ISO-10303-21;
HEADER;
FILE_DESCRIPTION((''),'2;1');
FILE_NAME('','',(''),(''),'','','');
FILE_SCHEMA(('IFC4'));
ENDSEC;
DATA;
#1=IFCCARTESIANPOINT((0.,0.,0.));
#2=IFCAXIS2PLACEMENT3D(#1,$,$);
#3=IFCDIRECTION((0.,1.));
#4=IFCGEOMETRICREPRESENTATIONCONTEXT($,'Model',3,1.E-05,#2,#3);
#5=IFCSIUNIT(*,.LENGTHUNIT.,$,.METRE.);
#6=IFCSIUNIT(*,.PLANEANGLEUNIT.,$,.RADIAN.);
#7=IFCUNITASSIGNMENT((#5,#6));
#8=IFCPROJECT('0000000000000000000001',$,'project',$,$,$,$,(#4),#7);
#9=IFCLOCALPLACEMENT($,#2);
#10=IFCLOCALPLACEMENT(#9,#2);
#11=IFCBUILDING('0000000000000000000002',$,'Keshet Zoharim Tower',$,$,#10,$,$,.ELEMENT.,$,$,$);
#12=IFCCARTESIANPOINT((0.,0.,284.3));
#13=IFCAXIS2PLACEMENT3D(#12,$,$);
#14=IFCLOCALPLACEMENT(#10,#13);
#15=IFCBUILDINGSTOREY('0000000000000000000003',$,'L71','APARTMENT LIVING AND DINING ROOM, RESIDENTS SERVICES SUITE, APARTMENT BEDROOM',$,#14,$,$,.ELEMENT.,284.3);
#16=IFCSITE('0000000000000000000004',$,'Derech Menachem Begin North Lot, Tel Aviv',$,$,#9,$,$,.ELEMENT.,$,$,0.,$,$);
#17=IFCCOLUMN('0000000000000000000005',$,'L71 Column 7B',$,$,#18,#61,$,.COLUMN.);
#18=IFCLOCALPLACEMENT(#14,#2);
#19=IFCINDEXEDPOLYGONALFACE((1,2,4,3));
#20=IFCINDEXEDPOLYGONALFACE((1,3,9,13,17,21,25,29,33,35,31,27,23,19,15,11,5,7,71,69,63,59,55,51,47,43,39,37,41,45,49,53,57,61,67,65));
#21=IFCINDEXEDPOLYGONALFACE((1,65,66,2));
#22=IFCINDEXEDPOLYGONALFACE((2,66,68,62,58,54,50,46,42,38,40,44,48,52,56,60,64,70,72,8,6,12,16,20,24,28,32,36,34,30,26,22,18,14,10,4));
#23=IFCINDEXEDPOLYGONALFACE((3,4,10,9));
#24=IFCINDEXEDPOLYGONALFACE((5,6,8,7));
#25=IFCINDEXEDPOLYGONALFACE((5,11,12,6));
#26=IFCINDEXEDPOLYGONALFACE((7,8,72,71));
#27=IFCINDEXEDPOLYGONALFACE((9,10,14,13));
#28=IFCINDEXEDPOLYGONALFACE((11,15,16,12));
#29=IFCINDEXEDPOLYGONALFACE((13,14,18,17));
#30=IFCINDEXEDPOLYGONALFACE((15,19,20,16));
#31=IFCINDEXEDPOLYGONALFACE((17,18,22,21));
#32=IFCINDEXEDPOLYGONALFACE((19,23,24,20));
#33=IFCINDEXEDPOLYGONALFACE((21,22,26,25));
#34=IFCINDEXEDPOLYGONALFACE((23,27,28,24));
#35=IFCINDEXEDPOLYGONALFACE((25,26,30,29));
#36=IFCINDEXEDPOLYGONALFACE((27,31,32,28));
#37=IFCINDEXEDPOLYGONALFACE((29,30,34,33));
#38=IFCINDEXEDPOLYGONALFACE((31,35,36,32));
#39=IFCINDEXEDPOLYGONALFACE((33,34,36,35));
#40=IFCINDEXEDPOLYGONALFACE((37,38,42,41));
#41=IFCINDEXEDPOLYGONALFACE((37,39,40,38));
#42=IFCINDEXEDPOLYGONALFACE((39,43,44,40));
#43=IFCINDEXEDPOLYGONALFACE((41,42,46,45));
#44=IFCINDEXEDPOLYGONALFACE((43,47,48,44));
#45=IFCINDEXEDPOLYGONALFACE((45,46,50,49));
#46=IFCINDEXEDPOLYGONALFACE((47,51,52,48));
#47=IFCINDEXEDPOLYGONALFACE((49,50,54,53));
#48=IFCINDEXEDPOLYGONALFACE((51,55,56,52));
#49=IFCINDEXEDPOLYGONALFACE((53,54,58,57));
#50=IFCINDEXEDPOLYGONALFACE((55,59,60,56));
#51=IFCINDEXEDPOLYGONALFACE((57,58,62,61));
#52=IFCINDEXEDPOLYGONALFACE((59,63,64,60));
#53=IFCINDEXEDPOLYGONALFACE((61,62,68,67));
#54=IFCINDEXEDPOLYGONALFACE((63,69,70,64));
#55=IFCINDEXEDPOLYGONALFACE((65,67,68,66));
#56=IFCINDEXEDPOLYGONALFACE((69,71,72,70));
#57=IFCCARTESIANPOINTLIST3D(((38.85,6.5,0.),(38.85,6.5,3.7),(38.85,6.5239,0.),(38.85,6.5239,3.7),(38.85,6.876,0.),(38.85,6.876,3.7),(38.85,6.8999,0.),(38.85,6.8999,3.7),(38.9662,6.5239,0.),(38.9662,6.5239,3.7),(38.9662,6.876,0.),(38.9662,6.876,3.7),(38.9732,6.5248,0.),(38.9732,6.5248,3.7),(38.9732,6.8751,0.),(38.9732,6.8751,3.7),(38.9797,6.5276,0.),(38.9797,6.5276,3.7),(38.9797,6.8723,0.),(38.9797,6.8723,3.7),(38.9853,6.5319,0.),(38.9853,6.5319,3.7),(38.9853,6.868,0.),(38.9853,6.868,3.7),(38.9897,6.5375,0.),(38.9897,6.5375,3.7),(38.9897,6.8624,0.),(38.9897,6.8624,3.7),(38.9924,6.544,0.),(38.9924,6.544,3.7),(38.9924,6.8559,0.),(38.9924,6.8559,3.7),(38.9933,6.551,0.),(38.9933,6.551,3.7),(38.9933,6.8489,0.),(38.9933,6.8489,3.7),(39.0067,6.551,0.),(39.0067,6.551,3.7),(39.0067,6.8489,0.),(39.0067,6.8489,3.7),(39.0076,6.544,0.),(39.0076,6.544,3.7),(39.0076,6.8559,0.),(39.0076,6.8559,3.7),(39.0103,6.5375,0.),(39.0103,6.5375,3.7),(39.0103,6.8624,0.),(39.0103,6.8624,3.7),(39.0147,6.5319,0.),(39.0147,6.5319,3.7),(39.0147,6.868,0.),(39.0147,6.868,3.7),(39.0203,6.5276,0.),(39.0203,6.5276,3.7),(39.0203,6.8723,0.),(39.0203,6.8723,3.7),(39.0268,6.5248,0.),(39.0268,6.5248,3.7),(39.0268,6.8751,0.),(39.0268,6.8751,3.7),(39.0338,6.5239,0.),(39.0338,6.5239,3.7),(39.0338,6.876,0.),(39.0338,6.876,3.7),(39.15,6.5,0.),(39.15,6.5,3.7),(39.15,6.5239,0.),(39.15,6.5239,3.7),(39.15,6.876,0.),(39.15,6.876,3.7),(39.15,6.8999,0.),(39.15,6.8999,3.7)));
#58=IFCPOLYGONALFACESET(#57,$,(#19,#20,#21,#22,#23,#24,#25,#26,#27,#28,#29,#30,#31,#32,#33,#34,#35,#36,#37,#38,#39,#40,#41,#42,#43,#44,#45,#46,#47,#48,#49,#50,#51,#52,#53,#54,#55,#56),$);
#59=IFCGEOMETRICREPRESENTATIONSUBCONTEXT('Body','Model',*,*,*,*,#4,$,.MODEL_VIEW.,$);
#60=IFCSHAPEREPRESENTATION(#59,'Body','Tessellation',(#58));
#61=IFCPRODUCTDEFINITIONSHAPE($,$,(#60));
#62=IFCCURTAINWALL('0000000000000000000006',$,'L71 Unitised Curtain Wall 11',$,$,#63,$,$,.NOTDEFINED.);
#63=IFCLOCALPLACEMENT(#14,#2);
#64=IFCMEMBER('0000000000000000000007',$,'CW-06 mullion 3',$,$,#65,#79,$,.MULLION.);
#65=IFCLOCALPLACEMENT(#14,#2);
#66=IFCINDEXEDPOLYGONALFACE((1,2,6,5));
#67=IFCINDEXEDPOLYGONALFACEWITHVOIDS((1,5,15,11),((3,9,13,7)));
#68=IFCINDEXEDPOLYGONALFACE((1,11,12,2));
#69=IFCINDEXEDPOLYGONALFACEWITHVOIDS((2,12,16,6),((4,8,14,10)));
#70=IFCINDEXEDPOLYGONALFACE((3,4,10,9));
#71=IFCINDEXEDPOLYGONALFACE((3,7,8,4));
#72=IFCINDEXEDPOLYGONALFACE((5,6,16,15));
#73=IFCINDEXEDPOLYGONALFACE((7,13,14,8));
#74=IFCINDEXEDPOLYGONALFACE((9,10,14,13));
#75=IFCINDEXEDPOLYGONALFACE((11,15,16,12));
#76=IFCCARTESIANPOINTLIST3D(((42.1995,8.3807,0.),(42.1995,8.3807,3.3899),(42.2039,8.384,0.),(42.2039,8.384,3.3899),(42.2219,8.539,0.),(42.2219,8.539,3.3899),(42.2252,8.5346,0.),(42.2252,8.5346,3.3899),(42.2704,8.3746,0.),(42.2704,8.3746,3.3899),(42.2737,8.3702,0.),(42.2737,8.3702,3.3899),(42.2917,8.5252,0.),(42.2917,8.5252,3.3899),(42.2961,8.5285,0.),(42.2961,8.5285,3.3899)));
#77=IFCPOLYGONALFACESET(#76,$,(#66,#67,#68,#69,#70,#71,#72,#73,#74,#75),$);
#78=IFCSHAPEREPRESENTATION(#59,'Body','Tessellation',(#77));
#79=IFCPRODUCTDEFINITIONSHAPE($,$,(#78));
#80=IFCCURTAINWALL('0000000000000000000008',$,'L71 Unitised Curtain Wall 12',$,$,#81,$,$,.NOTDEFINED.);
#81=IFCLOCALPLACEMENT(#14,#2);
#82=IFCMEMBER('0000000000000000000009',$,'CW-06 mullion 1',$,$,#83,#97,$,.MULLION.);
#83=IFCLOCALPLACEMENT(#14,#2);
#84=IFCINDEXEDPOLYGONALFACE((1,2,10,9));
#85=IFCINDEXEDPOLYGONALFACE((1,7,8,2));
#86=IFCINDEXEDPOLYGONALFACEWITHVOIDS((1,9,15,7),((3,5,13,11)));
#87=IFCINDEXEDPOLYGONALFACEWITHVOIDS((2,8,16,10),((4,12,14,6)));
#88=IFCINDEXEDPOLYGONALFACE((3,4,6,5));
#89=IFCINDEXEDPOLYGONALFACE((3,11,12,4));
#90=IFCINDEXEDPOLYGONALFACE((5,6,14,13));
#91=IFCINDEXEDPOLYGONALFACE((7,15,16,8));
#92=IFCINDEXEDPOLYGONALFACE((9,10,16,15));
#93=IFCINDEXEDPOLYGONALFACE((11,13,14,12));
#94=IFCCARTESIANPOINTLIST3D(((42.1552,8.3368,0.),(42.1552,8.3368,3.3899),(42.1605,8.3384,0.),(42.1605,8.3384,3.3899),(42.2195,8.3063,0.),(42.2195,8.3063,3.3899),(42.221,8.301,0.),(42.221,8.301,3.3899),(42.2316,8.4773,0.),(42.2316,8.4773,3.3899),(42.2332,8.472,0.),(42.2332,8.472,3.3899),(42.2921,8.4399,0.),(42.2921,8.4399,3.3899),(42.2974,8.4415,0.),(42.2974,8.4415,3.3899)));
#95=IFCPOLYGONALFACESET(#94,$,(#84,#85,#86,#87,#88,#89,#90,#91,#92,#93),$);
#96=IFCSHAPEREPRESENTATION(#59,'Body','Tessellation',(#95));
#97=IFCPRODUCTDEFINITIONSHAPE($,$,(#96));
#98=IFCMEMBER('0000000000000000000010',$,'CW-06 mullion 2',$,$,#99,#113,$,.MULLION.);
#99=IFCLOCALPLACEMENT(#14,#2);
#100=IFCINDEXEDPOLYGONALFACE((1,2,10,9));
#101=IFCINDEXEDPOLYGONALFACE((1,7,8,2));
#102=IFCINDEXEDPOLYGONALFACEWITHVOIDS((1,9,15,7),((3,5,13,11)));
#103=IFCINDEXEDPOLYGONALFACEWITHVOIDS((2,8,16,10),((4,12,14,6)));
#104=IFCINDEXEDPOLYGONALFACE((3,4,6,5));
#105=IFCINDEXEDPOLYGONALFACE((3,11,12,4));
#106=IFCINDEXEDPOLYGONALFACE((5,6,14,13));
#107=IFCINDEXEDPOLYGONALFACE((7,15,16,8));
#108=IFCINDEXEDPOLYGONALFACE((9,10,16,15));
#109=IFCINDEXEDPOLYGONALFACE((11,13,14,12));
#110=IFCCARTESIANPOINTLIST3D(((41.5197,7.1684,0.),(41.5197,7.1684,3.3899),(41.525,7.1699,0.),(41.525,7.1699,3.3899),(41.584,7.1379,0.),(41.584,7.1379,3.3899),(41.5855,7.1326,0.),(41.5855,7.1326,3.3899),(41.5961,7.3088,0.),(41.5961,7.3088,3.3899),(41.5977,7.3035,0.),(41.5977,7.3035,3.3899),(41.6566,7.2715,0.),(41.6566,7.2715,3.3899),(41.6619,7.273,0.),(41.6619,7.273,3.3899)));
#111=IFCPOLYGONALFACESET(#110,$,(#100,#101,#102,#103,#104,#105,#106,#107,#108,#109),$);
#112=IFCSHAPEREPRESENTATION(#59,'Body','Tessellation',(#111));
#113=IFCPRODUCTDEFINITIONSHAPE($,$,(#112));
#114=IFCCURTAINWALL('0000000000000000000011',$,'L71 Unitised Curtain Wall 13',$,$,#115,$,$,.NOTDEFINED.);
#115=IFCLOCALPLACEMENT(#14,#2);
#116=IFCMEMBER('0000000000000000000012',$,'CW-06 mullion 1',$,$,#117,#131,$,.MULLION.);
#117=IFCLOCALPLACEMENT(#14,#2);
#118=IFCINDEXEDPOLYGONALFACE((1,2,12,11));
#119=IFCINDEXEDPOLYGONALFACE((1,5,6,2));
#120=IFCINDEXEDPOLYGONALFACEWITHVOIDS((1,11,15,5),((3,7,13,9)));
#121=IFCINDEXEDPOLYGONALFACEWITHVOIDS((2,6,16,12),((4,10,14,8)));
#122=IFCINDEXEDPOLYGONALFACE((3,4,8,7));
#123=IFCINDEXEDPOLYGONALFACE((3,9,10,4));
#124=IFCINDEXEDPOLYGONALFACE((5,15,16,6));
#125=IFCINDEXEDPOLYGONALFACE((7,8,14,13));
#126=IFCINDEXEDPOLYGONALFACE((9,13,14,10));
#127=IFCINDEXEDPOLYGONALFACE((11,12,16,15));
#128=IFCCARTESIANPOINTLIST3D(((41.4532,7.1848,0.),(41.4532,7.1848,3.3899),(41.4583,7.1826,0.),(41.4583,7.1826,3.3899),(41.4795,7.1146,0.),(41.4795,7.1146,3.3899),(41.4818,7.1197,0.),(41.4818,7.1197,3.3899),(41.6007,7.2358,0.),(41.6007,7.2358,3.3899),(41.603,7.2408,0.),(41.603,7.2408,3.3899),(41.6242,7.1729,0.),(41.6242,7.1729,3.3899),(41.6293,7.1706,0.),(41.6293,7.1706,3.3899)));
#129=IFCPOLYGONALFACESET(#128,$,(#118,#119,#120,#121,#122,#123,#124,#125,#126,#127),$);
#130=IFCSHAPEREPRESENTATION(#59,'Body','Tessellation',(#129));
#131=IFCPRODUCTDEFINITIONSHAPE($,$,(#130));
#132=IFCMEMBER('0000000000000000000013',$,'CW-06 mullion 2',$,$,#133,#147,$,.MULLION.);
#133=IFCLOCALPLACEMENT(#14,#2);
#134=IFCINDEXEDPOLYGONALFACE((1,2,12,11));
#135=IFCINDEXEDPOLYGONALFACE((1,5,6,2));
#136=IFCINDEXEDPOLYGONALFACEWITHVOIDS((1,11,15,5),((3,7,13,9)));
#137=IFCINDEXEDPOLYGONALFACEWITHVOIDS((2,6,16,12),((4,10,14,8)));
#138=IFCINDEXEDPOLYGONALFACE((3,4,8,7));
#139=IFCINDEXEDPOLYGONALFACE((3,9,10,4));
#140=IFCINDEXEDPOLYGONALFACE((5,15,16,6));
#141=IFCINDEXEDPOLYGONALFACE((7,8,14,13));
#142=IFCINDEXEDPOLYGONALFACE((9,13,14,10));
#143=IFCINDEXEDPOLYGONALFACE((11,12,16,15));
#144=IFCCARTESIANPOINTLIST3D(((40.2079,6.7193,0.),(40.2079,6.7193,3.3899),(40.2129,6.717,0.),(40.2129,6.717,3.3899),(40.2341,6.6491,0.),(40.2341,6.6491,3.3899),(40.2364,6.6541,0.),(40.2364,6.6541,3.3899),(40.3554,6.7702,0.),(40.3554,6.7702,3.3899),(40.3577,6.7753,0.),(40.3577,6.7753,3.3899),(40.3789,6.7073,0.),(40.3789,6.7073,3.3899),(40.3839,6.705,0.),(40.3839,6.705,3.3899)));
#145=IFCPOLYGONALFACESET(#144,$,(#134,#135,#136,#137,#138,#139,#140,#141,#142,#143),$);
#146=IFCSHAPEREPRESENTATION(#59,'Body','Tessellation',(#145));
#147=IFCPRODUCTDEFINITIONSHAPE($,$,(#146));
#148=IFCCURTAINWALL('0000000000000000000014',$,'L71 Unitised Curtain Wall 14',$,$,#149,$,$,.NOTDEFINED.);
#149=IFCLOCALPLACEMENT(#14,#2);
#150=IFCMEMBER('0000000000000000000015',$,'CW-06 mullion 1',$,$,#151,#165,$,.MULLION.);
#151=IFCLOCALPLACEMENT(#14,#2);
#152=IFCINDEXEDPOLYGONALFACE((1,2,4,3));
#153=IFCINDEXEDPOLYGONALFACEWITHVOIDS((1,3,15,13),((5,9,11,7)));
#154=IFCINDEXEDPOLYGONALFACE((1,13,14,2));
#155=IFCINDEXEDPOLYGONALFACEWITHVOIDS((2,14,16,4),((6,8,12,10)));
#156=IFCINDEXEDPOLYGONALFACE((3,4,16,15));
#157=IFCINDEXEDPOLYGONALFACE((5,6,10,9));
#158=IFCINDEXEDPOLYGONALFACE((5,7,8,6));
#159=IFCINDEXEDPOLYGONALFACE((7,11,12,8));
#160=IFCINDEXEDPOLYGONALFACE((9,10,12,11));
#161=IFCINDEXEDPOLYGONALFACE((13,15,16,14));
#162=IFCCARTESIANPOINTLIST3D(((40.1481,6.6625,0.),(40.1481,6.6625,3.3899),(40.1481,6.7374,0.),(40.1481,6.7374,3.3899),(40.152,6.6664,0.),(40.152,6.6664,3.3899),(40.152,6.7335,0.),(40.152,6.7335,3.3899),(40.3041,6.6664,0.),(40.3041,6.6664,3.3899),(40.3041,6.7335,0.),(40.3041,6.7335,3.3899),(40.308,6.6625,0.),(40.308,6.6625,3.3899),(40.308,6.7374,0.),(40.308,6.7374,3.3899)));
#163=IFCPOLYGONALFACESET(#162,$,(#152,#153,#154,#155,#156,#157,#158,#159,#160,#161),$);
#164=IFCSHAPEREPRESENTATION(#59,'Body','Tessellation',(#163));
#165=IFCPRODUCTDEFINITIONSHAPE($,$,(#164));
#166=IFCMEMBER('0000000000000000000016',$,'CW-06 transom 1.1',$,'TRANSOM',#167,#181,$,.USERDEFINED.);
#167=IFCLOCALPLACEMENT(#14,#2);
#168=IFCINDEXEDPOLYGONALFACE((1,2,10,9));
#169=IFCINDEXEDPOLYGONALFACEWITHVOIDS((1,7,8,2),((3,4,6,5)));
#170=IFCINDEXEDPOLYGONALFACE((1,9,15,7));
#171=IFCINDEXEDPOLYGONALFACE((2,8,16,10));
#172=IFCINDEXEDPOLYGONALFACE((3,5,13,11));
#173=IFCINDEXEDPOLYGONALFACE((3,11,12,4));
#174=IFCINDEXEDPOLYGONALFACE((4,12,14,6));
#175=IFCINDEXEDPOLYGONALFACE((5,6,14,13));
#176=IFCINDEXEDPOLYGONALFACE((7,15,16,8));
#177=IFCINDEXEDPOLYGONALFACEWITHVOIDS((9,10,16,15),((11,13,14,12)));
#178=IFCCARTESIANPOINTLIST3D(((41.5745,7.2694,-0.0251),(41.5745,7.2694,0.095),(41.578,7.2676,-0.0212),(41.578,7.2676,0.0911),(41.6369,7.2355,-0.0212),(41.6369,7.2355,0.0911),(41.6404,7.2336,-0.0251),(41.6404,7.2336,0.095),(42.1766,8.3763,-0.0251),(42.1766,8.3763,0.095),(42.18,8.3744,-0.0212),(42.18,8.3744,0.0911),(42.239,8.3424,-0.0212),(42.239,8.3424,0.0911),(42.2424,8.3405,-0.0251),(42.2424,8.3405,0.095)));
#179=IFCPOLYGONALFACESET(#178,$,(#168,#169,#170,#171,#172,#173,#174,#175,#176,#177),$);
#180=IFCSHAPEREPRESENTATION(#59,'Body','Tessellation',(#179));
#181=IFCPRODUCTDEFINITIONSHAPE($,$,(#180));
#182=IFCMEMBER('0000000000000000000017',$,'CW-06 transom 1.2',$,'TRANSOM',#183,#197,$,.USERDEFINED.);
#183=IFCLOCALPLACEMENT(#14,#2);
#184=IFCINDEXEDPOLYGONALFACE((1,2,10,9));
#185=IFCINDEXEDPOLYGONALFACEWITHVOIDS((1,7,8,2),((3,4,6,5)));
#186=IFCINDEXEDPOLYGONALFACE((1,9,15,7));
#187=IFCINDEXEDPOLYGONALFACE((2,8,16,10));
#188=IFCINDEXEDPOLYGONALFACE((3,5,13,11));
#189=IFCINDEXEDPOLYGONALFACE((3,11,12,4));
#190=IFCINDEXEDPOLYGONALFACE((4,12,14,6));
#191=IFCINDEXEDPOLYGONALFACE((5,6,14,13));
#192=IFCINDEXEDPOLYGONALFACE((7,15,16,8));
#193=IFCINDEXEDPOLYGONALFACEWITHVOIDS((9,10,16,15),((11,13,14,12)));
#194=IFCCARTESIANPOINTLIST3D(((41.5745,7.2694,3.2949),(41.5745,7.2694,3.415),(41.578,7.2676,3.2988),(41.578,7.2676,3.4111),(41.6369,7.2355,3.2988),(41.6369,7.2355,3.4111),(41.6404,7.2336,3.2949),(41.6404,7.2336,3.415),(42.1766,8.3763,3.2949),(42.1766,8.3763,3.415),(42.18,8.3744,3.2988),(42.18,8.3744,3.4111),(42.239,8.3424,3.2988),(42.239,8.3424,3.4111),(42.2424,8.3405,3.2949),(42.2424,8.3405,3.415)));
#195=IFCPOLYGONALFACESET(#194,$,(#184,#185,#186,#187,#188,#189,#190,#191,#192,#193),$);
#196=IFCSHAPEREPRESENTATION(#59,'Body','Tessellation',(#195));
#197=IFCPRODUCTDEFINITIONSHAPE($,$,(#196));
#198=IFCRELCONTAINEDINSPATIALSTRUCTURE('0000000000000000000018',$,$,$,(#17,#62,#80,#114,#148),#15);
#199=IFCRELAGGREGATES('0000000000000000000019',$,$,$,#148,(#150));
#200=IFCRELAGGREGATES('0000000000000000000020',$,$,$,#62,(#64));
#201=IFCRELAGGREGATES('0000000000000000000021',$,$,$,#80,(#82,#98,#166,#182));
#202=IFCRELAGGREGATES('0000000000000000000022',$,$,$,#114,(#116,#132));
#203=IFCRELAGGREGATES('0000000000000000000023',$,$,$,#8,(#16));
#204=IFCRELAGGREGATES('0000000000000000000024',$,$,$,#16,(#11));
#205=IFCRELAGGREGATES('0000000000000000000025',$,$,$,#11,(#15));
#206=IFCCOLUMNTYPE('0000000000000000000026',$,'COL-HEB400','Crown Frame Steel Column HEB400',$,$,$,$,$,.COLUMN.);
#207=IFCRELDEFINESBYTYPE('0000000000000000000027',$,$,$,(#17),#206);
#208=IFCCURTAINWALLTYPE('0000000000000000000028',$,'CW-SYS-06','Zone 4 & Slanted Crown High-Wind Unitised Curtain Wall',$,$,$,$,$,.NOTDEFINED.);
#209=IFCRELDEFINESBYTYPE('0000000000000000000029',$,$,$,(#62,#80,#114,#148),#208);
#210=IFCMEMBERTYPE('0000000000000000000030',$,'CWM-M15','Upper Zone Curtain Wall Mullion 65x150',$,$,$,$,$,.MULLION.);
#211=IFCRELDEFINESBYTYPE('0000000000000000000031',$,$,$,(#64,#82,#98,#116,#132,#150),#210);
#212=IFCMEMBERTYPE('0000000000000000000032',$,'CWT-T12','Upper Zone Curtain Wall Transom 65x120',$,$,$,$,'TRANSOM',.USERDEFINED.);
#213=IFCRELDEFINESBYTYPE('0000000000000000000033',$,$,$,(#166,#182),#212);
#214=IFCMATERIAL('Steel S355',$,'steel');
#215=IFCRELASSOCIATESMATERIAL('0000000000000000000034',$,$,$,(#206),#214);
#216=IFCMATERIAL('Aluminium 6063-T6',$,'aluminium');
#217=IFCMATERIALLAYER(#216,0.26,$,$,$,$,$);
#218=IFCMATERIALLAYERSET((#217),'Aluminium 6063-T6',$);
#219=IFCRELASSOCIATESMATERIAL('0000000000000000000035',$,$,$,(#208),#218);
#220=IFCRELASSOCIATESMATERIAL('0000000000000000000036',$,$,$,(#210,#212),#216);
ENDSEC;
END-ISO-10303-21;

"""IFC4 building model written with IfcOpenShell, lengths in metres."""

from ifc_helpers import new_model, si_unit, direction, frame, origin, origin_2d, place, context, subcontext, project, spatial, hollow_rectangle, i_section, extrude, material, layer, layer_set, material_profile, profile_set, type_object, element, aggregate, save


model = new_model("IFC4")

# Units and contexts
model_context = context("Model", 3, precision=1e-05, world=origin(), true_north=direction((0.0, 1.0)))
body_context = subcontext(model_context, "Body", "Model", "MODEL_VIEW")
ifc_project = project(units=[si_unit("LENGTHUNIT", "METRE"), si_unit("PLANEANGLEUNIT", "RADIAN")], contexts=[model_context])

# Site, building, storey
site_placement = place(None, origin())
site = spatial("IfcSite", under=ifc_project, at=site_placement, Name="Derech Menachem Begin North Lot, Tel Aviv", CompositionType="ELEMENT", RefElevation=0.0)
building_placement = place(site_placement, origin())
building = spatial("IfcBuilding", under=site, at=building_placement, Name="Keshet Zoharim Tower", CompositionType="ELEMENT")
storey_placement = place(building_placement, frame((0.0, 0.0, 284.3)))
storey = spatial("IfcBuildingStorey", under=building, at=storey_placement, Name="L71", Description="APARTMENT LIVING AND DINING ROOM, RESIDENTS SERVICES SUITE, APARTMENT BEDROOM", CompositionType="ELEMENT", Elevation=284.3)

# Column
ifc_material_1 = material(Name="Steel S355", Category="steel")
ifc_material_profile_1 = material_profile(ifc_material_1, i_section(OverallWidth=0.3, OverallDepth=0.3999, WebThickness=0.0134, FlangeThickness=0.0239, FilletRadius=0.0271, at=origin_2d()), Name="HEB400")
ifc_profile_set_1 = profile_set([ifc_material_profile_1], Name="Steel S355")
column_type = type_object("IfcColumnType", Name="COL-HEB400", Description="Crown Frame Steel Column HEB400", PredefinedType="COLUMN", material=ifc_profile_set_1)
column_placement = place(storey_placement, frame((39.0, 6.7, 0.0), z_axis=(0.0, 0.0, 1.0), x_axis=(1.0, 0.0, 0.0)))
element("IfcColumn", 1, at=column_placement, inside=storey, type_object=column_type, Name="L71 Column 7B", PredefinedType="COLUMN", context=body_context, shape_type="SweptSolid", body=[
    extrude(i_section(OverallWidth=0.3, OverallDepth=0.3999, WebThickness=0.0134, FlangeThickness=0.0239, FilletRadius=0.0271, at=origin_2d()), origin(), (0.0, 0.0, 1.0), 3.7),
])

# Curtain wall, member
ifc_material_2 = material(Name="Aluminium 6063-T6", Category="aluminium")
ifc_layer_1 = layer(ifc_material_2, 0.26)
ifc_layer_set_1 = layer_set([ifc_layer_1], Name="Aluminium 6063-T6")
curtain_wall_type = type_object("IfcCurtainWallType", Name="CW-SYS-06", Description="Zone 4 & Slanted Crown High-Wind Unitised Curtain Wall", PredefinedType="NOTDEFINED", material=ifc_layer_set_1)
curtain_wall_1_placement = place(storey_placement, origin())
curtain_wall_1 = element("IfcCurtainWall", 2, at=curtain_wall_1_placement, inside=storey, type_object=curtain_wall_type, Name="L71 Unitised Curtain Wall 11", PredefinedType="NOTDEFINED")
ifc_material_profile_2 = material_profile(ifc_material_2, hollow_rectangle(XDim=0.075, YDim=0.1599, WallThickness=0.0039, at=origin_2d()), Name="MUL-75x160")
ifc_profile_set_2 = profile_set([ifc_material_profile_2], Name="Aluminium 6063-T6")
member_type_1 = type_object("IfcMemberType", Name="CWM-M15", Description="Upper Zone Curtain Wall Mullion 65x150", PredefinedType="MULLION", material=ifc_profile_set_2)
member_1_placement = place(storey_placement, frame((42.2478, 8.4546, 0.0), z_axis=(0.0, 0.0, 1.0), x_axis=(0.990132, -0.140137, 0.0)))
member_1 = element("IfcMember", 3, at=member_1_placement, type_object=member_type_1, Name="CW-06 mullion 3", PredefinedType="MULLION", context=body_context, shape_type="SweptSolid", body=[
    extrude(hollow_rectangle(XDim=0.075, YDim=0.1599, WallThickness=0.0039, at=origin_2d()), origin(), (0.0, 0.0, 1.0), 3.3899),
])

# Curtain walls, members
curtain_wall_2_placement = place(storey_placement, origin())
curtain_wall_2 = element("IfcCurtainWall", 4, at=curtain_wall_2_placement, inside=storey, type_object=curtain_wall_type, Name="L71 Unitised Curtain Wall 12", PredefinedType="NOTDEFINED")
member_2_placement = place(storey_placement, frame((42.2263, 8.3892, 0.0), z_axis=(0.0, 0.0, 1.0), x_axis=(0.878468, -0.477801, 0.0)))
member_2 = element("IfcMember", 5, at=member_2_placement, type_object=member_type_1, Name="CW-06 mullion 1", PredefinedType="MULLION", context=body_context, shape_type="SweptSolid", body=[
    extrude(hollow_rectangle(XDim=0.075, YDim=0.1599, WallThickness=0.0039, at=origin_2d()), origin(), (0.0, 0.0, 1.0), 3.3899),
])
member_3_placement = place(storey_placement, frame((41.5908, 7.2207, 0.0), z_axis=(0.0, 0.0, 1.0), x_axis=(0.878468, -0.477801, 0.0)))
member_3 = element("IfcMember", 6, at=member_3_placement, type_object=member_type_1, Name="CW-06 mullion 2", PredefinedType="MULLION", context=body_context, shape_type="SweptSolid", body=[
    extrude(hollow_rectangle(XDim=0.075, YDim=0.1599, WallThickness=0.0039, at=origin_2d()), origin(), (0.0, 0.0, 1.0), 3.3899),
])
curtain_wall_3_placement = place(storey_placement, origin())
curtain_wall_3 = element("IfcCurtainWall", 7, at=curtain_wall_3_placement, inside=storey, type_object=curtain_wall_type, Name="L71 Unitised Curtain Wall 13", PredefinedType="NOTDEFINED")
member_4_placement = place(storey_placement, frame((41.5413, 7.1777, 0.0), z_axis=(0.0, 0.0, 1.0), x_axis=(0.350105, -0.93671, 0.0)))
member_4 = element("IfcMember", 8, at=member_4_placement, type_object=member_type_1, Name="CW-06 mullion 1", PredefinedType="MULLION", context=body_context, shape_type="SweptSolid", body=[
    extrude(hollow_rectangle(XDim=0.075, YDim=0.1599, WallThickness=0.0039, at=origin_2d()), origin(), (0.0, 0.0, 1.0), 3.3899),
])
member_5_placement = place(storey_placement, frame((40.2959, 6.7122, 0.0), z_axis=(0.0, 0.0, 1.0), x_axis=(0.350105, -0.93671, 0.0)))
member_5 = element("IfcMember", 9, at=member_5_placement, type_object=member_type_1, Name="CW-06 mullion 2", PredefinedType="MULLION", context=body_context, shape_type="SweptSolid", body=[
    extrude(hollow_rectangle(XDim=0.075, YDim=0.1599, WallThickness=0.0039, at=origin_2d()), origin(), (0.0, 0.0, 1.0), 3.3899),
])

# Curtain wall, member
curtain_wall_4_placement = place(storey_placement, origin())
curtain_wall_4 = element("IfcCurtainWall", 10, at=curtain_wall_4_placement, inside=storey, type_object=curtain_wall_type, Name="L71 Unitised Curtain Wall 14", PredefinedType="NOTDEFINED")
member_6_placement = place(storey_placement, frame((40.228, 6.7, 0.0), z_axis=(0.0, 0.0, 1.0), x_axis=(0.0, -1.0, 0.0)))
member_6 = element("IfcMember", 11, at=member_6_placement, type_object=member_type_1, Name="CW-06 mullion 1", PredefinedType="MULLION", context=body_context, shape_type="SweptSolid", body=[
    extrude(hollow_rectangle(XDim=0.075, YDim=0.1599, WallThickness=0.0039, at=origin_2d()), origin(), (0.0, 0.0, 1.0), 3.3899),
])

# Members
ifc_material_profile_3 = material_profile(ifc_material_2, hollow_rectangle(XDim=0.075, YDim=0.1201, WallThickness=0.0039, at=origin_2d()), Name="TRN-75x120")
ifc_profile_set_3 = profile_set([ifc_material_profile_3], Name="Aluminium 6063-T6")
member_type_2 = type_object("IfcMemberType", Name="CWT-T12", Description="Upper Zone Curtain Wall Transom 65x120", ElementType="TRANSOM", PredefinedType="USERDEFINED", material=ifc_profile_set_3)
member_7_placement = place(storey_placement, frame((42.2095, 8.3584, 0.0349), z_axis=(-0.477793, -0.878472, 0.0), x_axis=(0.878472, -0.477793, 0.0)))
member_7 = element("IfcMember", 12, at=member_7_placement, type_object=member_type_2, Name="CW-06 transom 1.1", ObjectType="TRANSOM", PredefinedType="USERDEFINED", context=body_context, shape_type="SweptSolid", body=[
    extrude(hollow_rectangle(XDim=0.075, YDim=0.1201, WallThickness=0.0039, at=origin_2d()), origin(), (0.0, 0.0, 1.0), 1.26),
])
member_8_placement = place(storey_placement, frame((42.2095, 8.3584, 3.355), z_axis=(-0.477793, -0.878472, 0.0), x_axis=(0.878472, -0.477793, 0.0)))
member_8 = element("IfcMember", 13, at=member_8_placement, type_object=member_type_2, Name="CW-06 transom 1.2", ObjectType="TRANSOM", PredefinedType="USERDEFINED", context=body_context, shape_type="SweptSolid", body=[
    extrude(hollow_rectangle(XDim=0.075, YDim=0.1201, WallThickness=0.0039, at=origin_2d()), origin(), (0.0, 0.0, 1.0), 1.26),
])
aggregate(curtain_wall_4, [member_6])

aggregate(curtain_wall_1, [member_1])
aggregate(curtain_wall_2, [member_2, member_3, member_7, member_8])
aggregate(curtain_wall_3, [member_4, member_5])

save(model, "model.ifc")
